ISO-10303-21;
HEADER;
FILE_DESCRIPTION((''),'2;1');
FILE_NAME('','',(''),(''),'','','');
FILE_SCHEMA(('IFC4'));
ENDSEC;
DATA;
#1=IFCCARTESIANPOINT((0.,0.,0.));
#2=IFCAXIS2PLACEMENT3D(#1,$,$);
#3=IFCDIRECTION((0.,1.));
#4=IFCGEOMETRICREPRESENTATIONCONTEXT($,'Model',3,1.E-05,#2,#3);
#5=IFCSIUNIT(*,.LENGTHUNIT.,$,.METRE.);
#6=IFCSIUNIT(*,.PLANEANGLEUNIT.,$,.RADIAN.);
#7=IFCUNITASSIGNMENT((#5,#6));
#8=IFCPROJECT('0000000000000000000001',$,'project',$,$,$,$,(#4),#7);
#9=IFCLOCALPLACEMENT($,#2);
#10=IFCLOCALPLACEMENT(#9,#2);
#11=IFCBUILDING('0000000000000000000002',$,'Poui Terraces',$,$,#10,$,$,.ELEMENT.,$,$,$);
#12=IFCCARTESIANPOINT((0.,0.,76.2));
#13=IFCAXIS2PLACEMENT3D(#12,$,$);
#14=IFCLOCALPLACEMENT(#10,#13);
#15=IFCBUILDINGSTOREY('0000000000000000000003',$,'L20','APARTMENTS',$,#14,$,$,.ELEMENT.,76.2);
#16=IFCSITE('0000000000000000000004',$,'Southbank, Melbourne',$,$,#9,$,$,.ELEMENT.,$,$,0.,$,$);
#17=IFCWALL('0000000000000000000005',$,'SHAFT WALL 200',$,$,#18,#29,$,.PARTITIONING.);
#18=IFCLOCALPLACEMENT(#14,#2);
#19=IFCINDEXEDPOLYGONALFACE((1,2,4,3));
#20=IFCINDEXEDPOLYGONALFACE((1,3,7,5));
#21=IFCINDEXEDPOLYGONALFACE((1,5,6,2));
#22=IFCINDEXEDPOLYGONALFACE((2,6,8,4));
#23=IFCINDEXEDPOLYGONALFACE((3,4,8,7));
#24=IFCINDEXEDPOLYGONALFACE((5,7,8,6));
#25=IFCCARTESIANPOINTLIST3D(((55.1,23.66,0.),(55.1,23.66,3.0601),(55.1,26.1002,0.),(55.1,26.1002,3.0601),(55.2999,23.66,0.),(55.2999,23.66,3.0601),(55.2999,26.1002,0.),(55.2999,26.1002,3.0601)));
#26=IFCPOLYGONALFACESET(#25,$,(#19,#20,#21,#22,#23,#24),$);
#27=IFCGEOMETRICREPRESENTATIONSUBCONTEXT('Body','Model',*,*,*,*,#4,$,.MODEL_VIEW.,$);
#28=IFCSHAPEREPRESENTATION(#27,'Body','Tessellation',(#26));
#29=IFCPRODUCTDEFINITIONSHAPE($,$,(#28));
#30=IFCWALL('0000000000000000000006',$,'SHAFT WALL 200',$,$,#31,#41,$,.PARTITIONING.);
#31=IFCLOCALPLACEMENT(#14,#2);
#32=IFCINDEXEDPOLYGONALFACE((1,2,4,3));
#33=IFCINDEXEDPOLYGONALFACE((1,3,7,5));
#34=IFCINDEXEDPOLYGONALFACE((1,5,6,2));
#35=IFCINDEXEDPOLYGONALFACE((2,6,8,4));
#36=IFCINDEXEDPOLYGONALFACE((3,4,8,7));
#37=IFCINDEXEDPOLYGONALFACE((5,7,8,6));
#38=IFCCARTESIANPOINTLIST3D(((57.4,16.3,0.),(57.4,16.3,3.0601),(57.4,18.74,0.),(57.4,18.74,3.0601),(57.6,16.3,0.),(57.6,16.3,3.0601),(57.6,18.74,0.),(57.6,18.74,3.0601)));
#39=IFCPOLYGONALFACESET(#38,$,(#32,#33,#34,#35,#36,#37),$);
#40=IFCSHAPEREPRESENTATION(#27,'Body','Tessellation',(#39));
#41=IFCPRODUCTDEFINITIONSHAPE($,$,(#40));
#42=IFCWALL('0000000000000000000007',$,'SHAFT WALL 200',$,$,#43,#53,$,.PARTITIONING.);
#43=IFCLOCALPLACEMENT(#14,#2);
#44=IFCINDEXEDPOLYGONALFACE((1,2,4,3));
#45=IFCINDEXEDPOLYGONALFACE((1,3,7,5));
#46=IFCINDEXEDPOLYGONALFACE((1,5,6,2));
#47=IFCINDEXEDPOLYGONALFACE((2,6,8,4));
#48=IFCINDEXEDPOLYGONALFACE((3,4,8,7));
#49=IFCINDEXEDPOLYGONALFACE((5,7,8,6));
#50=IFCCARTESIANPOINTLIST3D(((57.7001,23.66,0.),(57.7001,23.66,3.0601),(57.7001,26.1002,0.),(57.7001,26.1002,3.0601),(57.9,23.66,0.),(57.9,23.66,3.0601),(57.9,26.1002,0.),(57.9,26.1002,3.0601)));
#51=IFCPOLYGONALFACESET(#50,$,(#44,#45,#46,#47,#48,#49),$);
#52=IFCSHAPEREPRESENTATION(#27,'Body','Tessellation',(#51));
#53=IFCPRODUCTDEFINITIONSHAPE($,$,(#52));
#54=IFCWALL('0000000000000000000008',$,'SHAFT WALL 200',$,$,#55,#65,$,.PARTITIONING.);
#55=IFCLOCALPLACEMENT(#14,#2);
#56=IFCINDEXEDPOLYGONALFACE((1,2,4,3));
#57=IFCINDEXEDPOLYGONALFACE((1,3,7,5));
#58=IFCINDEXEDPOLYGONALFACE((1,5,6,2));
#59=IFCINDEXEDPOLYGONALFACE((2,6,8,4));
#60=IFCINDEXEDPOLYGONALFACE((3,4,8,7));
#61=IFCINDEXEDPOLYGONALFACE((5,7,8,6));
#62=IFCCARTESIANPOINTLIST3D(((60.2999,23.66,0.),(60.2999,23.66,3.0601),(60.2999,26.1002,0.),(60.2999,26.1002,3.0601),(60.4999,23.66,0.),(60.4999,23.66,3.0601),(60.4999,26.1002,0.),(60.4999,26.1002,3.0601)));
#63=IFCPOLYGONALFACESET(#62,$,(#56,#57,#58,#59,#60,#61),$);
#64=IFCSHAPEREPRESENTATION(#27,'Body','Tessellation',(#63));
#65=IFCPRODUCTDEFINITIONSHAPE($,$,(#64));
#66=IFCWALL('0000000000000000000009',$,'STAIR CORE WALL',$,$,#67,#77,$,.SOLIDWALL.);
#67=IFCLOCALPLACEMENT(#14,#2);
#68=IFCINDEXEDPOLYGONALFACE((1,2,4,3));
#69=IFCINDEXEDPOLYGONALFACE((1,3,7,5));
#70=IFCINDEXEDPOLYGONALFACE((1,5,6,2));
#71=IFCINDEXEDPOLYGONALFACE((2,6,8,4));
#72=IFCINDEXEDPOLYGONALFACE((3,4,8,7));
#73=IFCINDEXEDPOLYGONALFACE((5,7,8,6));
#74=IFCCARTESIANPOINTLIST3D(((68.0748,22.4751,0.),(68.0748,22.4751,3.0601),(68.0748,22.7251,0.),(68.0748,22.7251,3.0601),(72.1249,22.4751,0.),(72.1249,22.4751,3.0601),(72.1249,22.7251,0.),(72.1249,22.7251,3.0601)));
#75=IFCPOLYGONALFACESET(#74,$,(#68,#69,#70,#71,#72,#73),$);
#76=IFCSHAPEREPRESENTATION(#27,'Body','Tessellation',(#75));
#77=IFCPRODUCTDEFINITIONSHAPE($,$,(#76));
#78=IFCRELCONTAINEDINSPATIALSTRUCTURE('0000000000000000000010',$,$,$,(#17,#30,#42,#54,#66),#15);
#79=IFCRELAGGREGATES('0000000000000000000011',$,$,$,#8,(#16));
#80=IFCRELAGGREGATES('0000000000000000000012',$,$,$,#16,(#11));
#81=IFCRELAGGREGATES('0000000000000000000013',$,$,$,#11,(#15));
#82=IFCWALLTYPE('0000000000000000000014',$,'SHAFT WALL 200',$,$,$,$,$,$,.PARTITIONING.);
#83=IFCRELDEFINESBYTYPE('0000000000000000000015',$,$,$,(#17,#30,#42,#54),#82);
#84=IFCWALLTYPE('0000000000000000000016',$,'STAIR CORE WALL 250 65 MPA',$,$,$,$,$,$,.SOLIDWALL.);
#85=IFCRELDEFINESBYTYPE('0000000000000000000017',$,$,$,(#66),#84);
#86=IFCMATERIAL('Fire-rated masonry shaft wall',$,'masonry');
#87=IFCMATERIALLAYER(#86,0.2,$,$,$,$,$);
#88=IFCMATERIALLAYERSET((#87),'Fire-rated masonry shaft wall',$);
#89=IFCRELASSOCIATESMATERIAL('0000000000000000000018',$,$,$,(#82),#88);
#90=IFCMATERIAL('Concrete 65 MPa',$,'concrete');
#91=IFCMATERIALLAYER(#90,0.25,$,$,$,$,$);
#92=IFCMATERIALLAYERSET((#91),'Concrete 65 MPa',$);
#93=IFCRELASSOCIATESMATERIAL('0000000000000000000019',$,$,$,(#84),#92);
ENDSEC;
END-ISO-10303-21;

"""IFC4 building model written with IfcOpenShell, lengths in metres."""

from ifc_helpers import new_model, si_unit, direction, frame, frame_2d, origin, place, context, subcontext, project, spatial, rectangle, extrude, material, layer, layer_set, type_object, element, save


model = new_model("IFC4")

# Units and contexts
model_context = context("Model", 3, precision=1e-05, world=origin(), true_north=direction((0.0, 1.0)))
body_context = subcontext(model_context, "Body", "Model", "MODEL_VIEW")
ifc_project = project(units=[si_unit("LENGTHUNIT", "METRE"), si_unit("PLANEANGLEUNIT", "RADIAN")], contexts=[model_context])

# Site, building, storey
site_placement = place(None, origin())
site = spatial("IfcSite", under=ifc_project, at=site_placement, Name="Southbank, Melbourne", CompositionType="ELEMENT", RefElevation=0.0)
building_placement = place(site_placement, origin())
building = spatial("IfcBuilding", under=site, at=building_placement, Name="Poui Terraces", CompositionType="ELEMENT")
storey_placement = place(building_placement, frame((0.0, 0.0, 76.2)))
storey = spatial("IfcBuildingStorey", under=building, at=storey_placement, Name="L20", Description="APARTMENTS", CompositionType="ELEMENT", Elevation=76.2)

# Shared definitions
ifc_material_1 = material(Name="Concrete 65 MPa", Category="concrete")

# Walls
ifc_material_2 = material(Name="Fire-rated masonry shaft wall", Category="masonry")
ifc_layer_1 = layer(ifc_material_2, 0.2)
ifc_layer_set_1 = layer_set([ifc_layer_1], Name="Fire-rated masonry shaft wall")
wall_type_1 = type_object("IfcWallType", Name="SHAFT WALL 200", PredefinedType="PARTITIONING", material=ifc_layer_set_1)
wall_1_placement = place(storey_placement, frame((55.2, 23.6599, 0.0), z_axis=(0.0, 0.0, 1.0), x_axis=(0.0, 1.0, 0.0)))
element("IfcWall", 1, at=wall_1_placement, inside=storey, type_object=wall_type_1, Name="SHAFT WALL 200", PredefinedType="PARTITIONING", context=body_context, shape_type="SweptSolid", body=[
    extrude(rectangle(XDim=2.4402, YDim=0.2, at=frame_2d((1.2202, 0.0))), origin(), (0.0, 0.0, 1.0), 3.0601),
])
wall_2_placement = place(storey_placement, frame((57.5, 16.3, 0.0), z_axis=(0.0, 0.0, 1.0), x_axis=(0.0, 1.0, 0.0)))
element("IfcWall", 2, at=wall_2_placement, inside=storey, type_object=wall_type_1, Name="SHAFT WALL 200", PredefinedType="PARTITIONING", context=body_context, shape_type="SweptSolid", body=[
    extrude(rectangle(XDim=2.4399, YDim=0.2, at=frame_2d((1.22, 0.0))), origin(), (0.0, 0.0, 1.0), 3.0601),
])
for number, where, z_axis, x_axis, name in (
    (3, (57.8, 23.6599, 0.0), (0.0, 0.0, 1.0), (0.0, 1.0, 0.0), "SHAFT WALL 200"),
    (4, (60.3999, 23.6599, 0.0), (0.0, 0.0, 1.0), (0.0, 1.0, 0.0), "SHAFT WALL 200"),
):
    element("IfcWall", number, at=place(storey_placement, frame(where, z_axis=z_axis, x_axis=x_axis)), inside=storey, type_object=wall_type_1, Name=name, PredefinedType="PARTITIONING", context=body_context, shape_type="SweptSolid", body=[
        extrude(rectangle(XDim=2.4402, YDim=0.2, at=frame_2d((1.2202, 0.0))), origin(), (0.0, 0.0, 1.0), 3.0601),
    ])
ifc_layer_2 = layer(ifc_material_1, 0.25)
ifc_layer_set_2 = layer_set([ifc_layer_2], Name="Concrete 65 MPa")
wall_type_2 = type_object("IfcWallType", Name="STAIR CORE WALL 250 65 MPA", PredefinedType="SOLIDWALL", material=ifc_layer_set_2)
wall_3_placement = place(storey_placement, frame((68.075, 22.6001, 0.0), z_axis=(0.0, 0.0, 1.0), x_axis=(1.0, 0.0, 0.0)))
element("IfcWall", 5, at=wall_3_placement, inside=storey, type_object=wall_type_2, Name="STAIR CORE WALL", PredefinedType="SOLIDWALL", context=body_context, shape_type="SweptSolid", body=[
    extrude(rectangle(XDim=4.05, YDim=0.25, at=frame_2d((2.0249, 0.0))), origin(), (0.0, 0.0, 1.0), 3.0601),
])

save(model, "model.ifc")
